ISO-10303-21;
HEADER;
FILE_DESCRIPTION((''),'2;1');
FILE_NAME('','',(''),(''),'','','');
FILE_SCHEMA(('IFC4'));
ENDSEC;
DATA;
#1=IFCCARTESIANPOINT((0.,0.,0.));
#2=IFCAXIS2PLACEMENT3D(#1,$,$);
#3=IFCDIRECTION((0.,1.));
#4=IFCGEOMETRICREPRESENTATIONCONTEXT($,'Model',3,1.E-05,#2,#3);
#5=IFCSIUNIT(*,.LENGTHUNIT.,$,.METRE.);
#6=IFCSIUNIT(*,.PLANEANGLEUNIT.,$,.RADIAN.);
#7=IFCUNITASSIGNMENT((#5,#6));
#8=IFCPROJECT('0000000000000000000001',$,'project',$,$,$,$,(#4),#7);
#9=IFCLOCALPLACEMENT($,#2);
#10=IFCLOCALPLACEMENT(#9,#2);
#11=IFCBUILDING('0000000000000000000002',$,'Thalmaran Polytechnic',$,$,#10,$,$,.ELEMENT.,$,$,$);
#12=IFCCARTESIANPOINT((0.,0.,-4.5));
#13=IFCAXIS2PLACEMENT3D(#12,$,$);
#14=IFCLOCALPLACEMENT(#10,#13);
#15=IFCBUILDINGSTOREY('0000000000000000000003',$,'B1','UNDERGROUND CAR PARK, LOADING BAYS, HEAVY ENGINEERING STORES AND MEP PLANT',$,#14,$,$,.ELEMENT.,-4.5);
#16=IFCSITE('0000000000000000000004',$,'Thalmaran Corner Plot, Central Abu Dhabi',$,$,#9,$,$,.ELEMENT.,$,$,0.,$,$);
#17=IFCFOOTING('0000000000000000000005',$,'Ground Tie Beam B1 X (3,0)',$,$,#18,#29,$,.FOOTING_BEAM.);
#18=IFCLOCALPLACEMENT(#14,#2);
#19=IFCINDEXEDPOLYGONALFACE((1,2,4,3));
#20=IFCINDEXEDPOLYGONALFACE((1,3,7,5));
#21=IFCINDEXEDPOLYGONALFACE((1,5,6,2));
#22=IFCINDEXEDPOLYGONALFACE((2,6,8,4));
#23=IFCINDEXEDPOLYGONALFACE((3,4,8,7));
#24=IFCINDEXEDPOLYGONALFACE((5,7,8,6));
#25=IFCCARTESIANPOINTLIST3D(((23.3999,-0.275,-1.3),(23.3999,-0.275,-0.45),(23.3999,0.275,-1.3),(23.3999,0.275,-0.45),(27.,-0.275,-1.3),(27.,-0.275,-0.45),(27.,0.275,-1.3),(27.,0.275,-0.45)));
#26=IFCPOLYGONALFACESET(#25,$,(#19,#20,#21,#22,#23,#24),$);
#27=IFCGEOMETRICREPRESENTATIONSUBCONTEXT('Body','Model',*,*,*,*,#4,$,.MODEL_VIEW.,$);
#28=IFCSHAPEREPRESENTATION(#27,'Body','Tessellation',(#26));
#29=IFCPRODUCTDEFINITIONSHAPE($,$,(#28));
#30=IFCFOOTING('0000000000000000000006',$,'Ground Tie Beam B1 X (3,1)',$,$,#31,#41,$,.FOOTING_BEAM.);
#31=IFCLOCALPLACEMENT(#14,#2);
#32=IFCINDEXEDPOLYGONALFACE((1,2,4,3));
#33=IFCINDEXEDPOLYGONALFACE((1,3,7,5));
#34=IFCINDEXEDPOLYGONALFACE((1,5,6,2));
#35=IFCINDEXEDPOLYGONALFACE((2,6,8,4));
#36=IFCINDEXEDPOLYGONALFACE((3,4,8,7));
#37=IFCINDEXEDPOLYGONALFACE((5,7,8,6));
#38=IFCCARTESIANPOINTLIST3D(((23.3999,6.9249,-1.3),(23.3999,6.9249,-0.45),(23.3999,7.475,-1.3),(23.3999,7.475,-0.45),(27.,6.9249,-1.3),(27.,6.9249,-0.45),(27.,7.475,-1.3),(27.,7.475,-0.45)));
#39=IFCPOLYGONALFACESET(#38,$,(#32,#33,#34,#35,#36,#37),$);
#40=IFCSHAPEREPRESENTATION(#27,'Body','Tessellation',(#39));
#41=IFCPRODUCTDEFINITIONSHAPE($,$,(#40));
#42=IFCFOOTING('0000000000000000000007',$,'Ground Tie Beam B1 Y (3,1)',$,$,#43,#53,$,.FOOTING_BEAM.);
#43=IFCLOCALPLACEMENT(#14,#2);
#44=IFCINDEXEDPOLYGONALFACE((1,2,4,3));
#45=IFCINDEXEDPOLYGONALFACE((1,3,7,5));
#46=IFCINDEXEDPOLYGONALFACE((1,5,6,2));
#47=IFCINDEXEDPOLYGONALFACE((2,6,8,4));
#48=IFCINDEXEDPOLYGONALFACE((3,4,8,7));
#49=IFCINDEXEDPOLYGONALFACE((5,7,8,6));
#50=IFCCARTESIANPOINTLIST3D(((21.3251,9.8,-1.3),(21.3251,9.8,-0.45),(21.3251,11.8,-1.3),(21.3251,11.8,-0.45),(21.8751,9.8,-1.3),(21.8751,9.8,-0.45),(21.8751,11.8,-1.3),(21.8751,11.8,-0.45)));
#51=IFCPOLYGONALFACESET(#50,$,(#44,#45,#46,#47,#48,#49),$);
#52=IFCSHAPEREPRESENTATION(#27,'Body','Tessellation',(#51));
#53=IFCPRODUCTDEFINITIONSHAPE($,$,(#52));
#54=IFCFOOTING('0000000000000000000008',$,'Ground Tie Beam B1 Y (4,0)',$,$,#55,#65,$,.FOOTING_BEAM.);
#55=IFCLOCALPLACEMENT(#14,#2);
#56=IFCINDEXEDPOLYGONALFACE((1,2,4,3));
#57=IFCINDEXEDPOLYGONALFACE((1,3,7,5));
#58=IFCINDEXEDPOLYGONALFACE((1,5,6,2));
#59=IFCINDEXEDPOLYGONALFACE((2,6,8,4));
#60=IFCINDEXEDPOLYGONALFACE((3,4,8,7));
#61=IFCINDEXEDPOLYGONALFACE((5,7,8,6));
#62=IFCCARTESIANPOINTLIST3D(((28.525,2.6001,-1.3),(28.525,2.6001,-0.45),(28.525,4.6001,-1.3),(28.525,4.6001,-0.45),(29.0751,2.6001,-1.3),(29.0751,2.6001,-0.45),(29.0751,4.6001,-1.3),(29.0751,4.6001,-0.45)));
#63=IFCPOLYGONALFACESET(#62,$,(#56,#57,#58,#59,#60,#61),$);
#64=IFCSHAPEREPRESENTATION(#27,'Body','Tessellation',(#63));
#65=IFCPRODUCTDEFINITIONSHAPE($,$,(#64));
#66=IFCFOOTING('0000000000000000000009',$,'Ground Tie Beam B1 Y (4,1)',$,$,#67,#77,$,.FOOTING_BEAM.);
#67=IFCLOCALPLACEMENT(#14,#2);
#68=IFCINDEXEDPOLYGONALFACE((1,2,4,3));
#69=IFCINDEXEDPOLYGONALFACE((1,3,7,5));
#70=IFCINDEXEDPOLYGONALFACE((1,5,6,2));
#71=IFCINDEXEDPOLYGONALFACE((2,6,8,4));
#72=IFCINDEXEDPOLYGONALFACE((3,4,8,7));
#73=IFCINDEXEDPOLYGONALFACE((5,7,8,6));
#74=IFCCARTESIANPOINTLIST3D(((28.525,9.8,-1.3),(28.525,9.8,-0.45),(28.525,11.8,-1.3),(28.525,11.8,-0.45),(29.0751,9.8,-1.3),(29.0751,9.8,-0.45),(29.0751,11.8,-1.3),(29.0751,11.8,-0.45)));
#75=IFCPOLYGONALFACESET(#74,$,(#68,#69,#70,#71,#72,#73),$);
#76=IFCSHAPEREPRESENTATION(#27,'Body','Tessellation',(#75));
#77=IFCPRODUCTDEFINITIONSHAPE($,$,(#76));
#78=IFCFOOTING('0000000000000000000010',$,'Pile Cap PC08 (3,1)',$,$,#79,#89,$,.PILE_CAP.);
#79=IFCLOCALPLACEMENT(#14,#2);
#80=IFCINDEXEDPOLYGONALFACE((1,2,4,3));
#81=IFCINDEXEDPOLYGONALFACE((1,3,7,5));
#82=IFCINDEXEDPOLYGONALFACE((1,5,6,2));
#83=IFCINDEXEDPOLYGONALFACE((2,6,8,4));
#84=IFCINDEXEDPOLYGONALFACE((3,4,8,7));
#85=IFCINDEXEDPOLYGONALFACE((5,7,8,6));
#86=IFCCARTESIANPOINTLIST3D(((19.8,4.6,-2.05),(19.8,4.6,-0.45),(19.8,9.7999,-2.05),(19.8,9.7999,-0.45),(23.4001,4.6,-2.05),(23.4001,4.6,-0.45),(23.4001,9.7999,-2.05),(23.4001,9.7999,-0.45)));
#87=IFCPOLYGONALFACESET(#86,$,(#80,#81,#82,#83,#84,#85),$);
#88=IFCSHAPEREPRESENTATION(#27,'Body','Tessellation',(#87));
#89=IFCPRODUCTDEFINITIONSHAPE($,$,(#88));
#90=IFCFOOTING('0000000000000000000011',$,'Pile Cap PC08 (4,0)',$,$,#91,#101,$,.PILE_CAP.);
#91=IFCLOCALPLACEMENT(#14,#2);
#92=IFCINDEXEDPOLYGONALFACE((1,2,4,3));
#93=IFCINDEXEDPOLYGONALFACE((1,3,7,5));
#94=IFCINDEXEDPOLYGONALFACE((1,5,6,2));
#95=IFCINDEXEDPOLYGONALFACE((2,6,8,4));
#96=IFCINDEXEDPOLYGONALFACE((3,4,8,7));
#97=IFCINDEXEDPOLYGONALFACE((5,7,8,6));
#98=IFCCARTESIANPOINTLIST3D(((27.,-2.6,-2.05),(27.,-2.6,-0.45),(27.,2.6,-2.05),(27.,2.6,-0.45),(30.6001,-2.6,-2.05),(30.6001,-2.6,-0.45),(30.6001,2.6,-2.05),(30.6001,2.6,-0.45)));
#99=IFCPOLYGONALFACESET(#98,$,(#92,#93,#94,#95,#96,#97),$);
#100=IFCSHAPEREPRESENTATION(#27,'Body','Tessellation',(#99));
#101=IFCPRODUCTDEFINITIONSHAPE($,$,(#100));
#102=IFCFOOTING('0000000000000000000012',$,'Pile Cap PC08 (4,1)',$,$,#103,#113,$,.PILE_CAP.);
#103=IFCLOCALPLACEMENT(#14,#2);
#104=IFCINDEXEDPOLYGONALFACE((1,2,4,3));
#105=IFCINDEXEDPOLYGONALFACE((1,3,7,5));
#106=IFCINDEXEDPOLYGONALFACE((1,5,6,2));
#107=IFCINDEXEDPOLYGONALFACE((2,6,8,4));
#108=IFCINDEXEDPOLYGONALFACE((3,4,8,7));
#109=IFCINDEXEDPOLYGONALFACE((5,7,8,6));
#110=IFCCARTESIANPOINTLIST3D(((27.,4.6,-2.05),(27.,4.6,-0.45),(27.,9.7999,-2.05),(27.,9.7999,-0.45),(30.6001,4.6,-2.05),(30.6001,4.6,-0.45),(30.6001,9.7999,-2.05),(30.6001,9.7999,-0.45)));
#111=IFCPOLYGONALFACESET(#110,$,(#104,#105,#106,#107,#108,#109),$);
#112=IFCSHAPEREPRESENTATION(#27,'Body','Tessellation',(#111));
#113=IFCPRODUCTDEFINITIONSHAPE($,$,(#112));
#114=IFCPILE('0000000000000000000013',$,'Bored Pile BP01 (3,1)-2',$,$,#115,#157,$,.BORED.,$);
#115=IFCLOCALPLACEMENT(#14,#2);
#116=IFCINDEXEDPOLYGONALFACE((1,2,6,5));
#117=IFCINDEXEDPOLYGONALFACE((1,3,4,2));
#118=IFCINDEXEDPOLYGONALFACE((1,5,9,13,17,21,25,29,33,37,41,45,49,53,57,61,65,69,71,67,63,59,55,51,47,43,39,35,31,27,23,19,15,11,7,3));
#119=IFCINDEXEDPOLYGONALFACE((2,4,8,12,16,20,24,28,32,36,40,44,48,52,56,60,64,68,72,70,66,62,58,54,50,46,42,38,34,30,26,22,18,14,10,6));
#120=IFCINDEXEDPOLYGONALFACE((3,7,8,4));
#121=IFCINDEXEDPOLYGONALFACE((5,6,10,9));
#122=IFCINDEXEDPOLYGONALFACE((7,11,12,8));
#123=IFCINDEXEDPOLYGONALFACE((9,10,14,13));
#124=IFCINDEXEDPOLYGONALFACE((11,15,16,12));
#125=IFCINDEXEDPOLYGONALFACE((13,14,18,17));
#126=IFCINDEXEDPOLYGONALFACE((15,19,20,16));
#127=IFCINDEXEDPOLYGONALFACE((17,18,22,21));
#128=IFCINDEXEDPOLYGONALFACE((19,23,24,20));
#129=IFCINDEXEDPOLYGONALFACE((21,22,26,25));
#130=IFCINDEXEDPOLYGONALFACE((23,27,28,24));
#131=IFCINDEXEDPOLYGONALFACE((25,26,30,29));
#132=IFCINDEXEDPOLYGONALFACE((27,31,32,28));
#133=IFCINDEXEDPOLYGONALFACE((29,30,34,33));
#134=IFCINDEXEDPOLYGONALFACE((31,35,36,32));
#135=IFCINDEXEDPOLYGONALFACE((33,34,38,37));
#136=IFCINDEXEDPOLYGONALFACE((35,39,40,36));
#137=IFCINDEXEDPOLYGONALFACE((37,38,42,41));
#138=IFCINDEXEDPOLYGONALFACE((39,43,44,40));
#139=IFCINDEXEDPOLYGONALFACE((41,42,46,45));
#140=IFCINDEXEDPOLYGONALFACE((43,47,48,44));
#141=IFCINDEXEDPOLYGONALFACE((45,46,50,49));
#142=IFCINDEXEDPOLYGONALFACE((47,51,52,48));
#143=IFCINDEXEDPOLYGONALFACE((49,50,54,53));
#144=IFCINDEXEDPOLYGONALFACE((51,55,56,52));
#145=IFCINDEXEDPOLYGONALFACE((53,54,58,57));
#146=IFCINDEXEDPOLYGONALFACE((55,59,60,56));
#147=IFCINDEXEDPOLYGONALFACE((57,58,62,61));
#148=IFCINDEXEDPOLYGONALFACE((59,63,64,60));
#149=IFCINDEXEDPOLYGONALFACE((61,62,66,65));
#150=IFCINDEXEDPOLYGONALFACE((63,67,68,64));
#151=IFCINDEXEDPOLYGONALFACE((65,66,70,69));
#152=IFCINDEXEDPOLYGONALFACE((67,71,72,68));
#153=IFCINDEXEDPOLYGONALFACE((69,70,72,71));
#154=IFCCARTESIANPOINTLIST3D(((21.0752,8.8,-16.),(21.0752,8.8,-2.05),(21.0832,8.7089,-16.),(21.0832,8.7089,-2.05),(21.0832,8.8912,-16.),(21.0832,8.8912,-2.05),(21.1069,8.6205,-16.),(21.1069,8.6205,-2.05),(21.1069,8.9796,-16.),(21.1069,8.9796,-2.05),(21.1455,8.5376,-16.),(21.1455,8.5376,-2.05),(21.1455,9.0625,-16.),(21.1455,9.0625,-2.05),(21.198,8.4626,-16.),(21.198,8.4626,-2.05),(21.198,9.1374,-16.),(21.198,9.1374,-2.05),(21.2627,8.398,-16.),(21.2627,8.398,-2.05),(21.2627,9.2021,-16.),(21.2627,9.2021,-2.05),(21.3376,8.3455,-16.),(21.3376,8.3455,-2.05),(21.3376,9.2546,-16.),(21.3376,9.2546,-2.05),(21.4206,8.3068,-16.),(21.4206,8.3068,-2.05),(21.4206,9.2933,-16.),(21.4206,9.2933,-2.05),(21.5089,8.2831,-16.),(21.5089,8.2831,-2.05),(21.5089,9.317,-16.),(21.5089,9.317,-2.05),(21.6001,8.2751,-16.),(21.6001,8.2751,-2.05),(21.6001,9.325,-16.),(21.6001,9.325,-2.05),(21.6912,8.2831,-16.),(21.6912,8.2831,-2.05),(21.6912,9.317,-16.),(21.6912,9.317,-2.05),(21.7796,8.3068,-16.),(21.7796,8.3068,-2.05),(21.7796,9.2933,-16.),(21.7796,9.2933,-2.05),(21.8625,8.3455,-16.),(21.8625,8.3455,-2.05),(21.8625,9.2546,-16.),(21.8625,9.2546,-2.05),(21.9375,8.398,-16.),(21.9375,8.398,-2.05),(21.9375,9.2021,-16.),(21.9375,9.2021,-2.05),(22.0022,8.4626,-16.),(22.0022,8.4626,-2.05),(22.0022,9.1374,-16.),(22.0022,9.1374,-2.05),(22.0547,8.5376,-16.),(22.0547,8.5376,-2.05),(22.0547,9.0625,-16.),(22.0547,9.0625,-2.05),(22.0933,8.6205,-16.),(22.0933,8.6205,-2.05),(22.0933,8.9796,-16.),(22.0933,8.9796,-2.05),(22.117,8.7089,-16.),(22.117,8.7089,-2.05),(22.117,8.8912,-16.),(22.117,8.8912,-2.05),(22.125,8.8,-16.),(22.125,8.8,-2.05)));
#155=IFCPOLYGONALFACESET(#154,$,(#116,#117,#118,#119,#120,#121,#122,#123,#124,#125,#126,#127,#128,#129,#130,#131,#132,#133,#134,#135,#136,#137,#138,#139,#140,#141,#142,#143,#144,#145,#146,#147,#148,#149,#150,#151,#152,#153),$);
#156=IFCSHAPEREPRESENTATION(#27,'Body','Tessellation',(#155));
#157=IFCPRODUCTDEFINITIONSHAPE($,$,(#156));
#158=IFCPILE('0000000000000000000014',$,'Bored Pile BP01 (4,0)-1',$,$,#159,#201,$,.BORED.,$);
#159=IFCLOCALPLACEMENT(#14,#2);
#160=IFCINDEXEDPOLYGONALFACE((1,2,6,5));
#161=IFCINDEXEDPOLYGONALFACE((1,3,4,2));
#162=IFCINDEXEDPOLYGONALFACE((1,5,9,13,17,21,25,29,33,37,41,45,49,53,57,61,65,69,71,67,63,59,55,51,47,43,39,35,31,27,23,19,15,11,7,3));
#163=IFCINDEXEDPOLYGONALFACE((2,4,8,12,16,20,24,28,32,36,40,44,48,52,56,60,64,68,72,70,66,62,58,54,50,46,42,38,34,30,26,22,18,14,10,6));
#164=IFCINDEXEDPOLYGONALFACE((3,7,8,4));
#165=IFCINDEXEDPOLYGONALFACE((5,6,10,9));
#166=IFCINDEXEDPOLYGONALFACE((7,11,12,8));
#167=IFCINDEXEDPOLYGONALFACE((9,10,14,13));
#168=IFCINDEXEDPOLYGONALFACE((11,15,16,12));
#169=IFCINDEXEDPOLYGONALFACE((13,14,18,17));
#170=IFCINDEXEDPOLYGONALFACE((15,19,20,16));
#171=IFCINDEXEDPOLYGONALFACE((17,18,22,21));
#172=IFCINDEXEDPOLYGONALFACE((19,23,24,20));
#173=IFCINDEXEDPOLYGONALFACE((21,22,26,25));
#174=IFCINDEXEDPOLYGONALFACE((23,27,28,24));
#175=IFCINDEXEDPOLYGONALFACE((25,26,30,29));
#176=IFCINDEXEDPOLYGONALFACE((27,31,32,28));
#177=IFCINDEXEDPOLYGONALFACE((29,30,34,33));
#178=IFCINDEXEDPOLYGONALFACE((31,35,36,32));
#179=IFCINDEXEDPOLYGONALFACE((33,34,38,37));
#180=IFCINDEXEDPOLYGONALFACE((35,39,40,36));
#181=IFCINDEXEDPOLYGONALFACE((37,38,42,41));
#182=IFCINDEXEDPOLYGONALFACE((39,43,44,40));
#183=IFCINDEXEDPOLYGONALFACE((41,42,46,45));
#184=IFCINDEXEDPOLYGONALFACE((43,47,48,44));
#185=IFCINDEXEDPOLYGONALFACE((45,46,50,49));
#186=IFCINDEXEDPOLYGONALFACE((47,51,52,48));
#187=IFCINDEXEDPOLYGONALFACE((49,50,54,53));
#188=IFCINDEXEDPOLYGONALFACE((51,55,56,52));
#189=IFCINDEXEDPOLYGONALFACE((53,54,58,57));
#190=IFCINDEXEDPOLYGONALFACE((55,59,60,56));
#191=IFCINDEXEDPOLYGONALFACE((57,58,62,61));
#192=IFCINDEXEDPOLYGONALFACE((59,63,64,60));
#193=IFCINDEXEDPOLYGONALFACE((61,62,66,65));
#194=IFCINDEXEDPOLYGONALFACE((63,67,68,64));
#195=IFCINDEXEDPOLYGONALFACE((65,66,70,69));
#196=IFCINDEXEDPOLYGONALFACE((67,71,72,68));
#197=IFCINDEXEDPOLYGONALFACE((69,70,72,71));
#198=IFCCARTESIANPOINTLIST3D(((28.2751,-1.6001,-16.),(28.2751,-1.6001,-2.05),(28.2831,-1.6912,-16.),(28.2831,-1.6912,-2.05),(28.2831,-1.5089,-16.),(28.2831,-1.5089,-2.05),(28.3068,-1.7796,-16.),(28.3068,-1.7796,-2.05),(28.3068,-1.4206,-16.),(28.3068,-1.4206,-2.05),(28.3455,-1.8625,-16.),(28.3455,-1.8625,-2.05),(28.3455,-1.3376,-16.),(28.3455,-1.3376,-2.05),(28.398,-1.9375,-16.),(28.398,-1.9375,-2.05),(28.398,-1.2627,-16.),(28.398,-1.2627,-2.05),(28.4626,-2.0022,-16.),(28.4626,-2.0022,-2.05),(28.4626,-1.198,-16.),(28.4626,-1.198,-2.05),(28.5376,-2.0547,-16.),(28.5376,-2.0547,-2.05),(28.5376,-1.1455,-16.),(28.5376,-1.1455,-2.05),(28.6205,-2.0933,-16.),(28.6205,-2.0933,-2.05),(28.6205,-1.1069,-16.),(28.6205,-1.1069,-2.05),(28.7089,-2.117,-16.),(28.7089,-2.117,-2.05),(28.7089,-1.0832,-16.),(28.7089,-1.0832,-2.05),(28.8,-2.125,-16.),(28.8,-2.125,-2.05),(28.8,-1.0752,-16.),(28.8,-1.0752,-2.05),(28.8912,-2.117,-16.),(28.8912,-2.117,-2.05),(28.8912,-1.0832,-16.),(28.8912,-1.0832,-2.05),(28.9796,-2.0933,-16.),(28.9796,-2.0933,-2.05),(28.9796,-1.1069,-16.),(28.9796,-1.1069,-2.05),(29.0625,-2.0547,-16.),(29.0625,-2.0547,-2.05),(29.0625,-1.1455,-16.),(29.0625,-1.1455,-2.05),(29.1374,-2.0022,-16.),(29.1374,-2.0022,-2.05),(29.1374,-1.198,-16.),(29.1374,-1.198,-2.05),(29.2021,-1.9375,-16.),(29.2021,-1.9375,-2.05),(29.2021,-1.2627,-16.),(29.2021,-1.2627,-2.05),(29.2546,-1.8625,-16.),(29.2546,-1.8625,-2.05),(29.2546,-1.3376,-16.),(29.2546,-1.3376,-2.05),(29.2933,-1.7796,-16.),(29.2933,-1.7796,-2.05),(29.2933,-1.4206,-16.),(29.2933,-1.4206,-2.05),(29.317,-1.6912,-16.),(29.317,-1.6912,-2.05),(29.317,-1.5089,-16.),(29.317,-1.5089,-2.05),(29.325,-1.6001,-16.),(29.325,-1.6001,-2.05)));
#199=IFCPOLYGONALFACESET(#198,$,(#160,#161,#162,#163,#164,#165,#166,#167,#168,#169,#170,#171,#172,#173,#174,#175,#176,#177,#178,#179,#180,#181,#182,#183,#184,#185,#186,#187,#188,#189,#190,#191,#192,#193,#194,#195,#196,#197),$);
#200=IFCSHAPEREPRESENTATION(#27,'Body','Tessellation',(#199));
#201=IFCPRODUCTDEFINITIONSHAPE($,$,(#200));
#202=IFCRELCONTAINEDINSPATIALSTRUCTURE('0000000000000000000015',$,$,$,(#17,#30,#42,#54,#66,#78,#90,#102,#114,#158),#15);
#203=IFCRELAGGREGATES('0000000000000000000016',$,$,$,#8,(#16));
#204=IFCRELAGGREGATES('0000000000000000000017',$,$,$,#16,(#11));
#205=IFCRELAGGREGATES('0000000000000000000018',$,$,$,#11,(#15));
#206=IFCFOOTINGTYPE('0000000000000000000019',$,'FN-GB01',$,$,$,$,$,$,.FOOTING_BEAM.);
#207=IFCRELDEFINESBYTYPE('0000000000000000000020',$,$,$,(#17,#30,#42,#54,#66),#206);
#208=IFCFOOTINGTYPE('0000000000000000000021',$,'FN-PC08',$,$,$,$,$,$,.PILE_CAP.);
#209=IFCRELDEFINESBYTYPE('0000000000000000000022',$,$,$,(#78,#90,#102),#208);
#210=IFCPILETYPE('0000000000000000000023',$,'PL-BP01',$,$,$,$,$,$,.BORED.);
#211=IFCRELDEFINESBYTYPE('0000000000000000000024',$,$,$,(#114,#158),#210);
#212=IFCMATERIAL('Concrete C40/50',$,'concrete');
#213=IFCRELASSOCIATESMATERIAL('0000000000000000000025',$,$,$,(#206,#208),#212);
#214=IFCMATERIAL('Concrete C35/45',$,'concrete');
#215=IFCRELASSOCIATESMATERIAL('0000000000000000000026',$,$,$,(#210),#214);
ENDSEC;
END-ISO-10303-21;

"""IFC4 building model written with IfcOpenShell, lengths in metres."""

from ifc_helpers import new_model, si_unit, direction, frame, origin, origin_2d, place, context, subcontext, project, spatial, rectangle, circle, extrude, material, material_profile, profile_set, type_object, element, save


model = new_model("IFC4")

# Units and contexts
model_context = context("Model", 3, precision=1e-05, world=origin(), true_north=direction((0.0, 1.0)))
body_context = subcontext(model_context, "Body", "Model", "MODEL_VIEW")
ifc_project = project(units=[si_unit("LENGTHUNIT", "METRE"), si_unit("PLANEANGLEUNIT", "RADIAN")], contexts=[model_context])

# Site, building, storey
site_placement = place(None, origin())
site = spatial("IfcSite", under=ifc_project, at=site_placement, Name="Thalmaran Corner Plot, Central Abu Dhabi", CompositionType="ELEMENT", RefElevation=0.0)
building_placement = place(site_placement, origin())
building = spatial("IfcBuilding", under=site, at=building_placement, Name="Thalmaran Polytechnic", CompositionType="ELEMENT")
storey_placement = place(building_placement, frame((0.0, 0.0, -4.5)))
storey = spatial("IfcBuildingStorey", under=building, at=storey_placement, Name="B1", Description="UNDERGROUND CAR PARK, LOADING BAYS, HEAVY ENGINEERING STORES AND MEP PLANT", CompositionType="ELEMENT", Elevation=-4.5)

# Footings
ifc_material_1 = material(Name="Concrete C40/50", Category="concrete")
ifc_material_profile_1 = material_profile(ifc_material_1, rectangle(XDim=0.55, YDim=0.8501, at=origin_2d()), Name="RC 550x850")
ifc_profile_set_1 = profile_set([ifc_material_profile_1], Name="Concrete C40/50")
footing_type_1 = type_object("IfcFootingType", Name="FN-GB01", PredefinedType="FOOTING_BEAM", material=ifc_profile_set_1)
for number, where, z_axis, x_axis, name in (
    (1, (23.3999, 0.0, -0.875), (1.0, 0.0, 0.0), (0.0, 1.0, 0.0), "Ground Tie Beam B1 X (3,0)"),
    (2, (23.3999, 7.2, -0.875), (1.0, 0.0, 0.0), (0.0, 1.0, 0.0), "Ground Tie Beam B1 X (3,1)"),
):
    element("IfcFooting", number, at=place(storey_placement, frame(where, z_axis=z_axis, x_axis=x_axis)), inside=storey, type_object=footing_type_1, Name=name, PredefinedType="FOOTING_BEAM", context=body_context, shape_type="SweptSolid", body=[
        extrude(rectangle(XDim=0.55, YDim=0.8501, at=origin_2d()), origin(), (0.0, 0.0, 1.0), 3.6001),
    ])
for number, where, z_axis, x_axis, name in (
    (3, (21.6001, 9.8, -0.875), (0.0, 1.0, 0.0), (-1.0, 0.0, 0.0), "Ground Tie Beam B1 Y (3,1)"),
    (4, (28.8, 2.6001, -0.875), (0.0, 1.0, 0.0), (-1.0, 0.0, 0.0), "Ground Tie Beam B1 Y (4,0)"),
    (5, (28.8, 9.8, -0.875), (0.0, 1.0, 0.0), (-1.0, 0.0, 0.0), "Ground Tie Beam B1 Y (4,1)"),
):
    element("IfcFooting", number, at=place(storey_placement, frame(where, z_axis=z_axis, x_axis=x_axis)), inside=storey, type_object=footing_type_1, Name=name, PredefinedType="FOOTING_BEAM", context=body_context, shape_type="SweptSolid", body=[
        extrude(rectangle(XDim=0.55, YDim=0.8501, at=origin_2d()), origin(), (0.0, 0.0, 1.0), 2.0),
    ])
footing_type_2 = type_object("IfcFootingType", Name="FN-PC08", PredefinedType="PILE_CAP", material=ifc_material_1)
for number, where, z_axis, x_axis, name in (
    (6, (21.6001, 7.2, -2.05), (0.0, 0.0, 1.0), (1.0, 0.0, 0.0), "Pile Cap PC08 (3,1)"),
    (7, (28.8, 0.0, -2.05), (0.0, 0.0, 1.0), (1.0, 0.0, 0.0), "Pile Cap PC08 (4,0)"),
    (8, (28.8, 7.2, -2.05), (0.0, 0.0, 1.0), (1.0, 0.0, 0.0), "Pile Cap PC08 (4,1)"),
):
    element("IfcFooting", number, at=place(storey_placement, frame(where, z_axis=z_axis, x_axis=x_axis)), inside=storey, type_object=footing_type_2, Name=name, PredefinedType="PILE_CAP", context=body_context, shape_type="SweptSolid", body=[
        extrude(rectangle(XDim=3.6001, YDim=5.2, at=origin_2d()), origin(), (0.0, 0.0, 1.0), 1.6001),
    ])

# Piles
ifc_material_2 = material(Name="Concrete C35/45", Category="concrete")
ifc_material_profile_2 = material_profile(ifc_material_2, circle(Radius=0.5249, at=origin_2d()), Name="RC 1050 DIA")
ifc_profile_set_2 = profile_set([ifc_material_profile_2], Name="Concrete C35/45")
pile_type = type_object("IfcPileType", Name="PL-BP01", PredefinedType="BORED", material=ifc_profile_set_2)
for number, where, z_axis, x_axis, name in (
    (9, (21.6001, 8.8, -2.05), (0.0, 0.0, -1.0), (1.0, 0.0, 0.0), "Bored Pile BP01 (3,1)-2"),
    (10, (28.8, -1.6001, -2.05), (0.0, 0.0, -1.0), (1.0, 0.0, 0.0), "Bored Pile BP01 (4,0)-1"),
):
    element("IfcPile", number, at=place(storey_placement, frame(where, z_axis=z_axis, x_axis=x_axis)), inside=storey, type_object=pile_type, Name=name, PredefinedType="BORED", context=body_context, shape_type="SweptSolid", body=[
        extrude(circle(Radius=0.5249, at=origin_2d()), origin(), (0.0, 0.0, 1.0), 13.95),
    ])

save(model, "model.ifc")
